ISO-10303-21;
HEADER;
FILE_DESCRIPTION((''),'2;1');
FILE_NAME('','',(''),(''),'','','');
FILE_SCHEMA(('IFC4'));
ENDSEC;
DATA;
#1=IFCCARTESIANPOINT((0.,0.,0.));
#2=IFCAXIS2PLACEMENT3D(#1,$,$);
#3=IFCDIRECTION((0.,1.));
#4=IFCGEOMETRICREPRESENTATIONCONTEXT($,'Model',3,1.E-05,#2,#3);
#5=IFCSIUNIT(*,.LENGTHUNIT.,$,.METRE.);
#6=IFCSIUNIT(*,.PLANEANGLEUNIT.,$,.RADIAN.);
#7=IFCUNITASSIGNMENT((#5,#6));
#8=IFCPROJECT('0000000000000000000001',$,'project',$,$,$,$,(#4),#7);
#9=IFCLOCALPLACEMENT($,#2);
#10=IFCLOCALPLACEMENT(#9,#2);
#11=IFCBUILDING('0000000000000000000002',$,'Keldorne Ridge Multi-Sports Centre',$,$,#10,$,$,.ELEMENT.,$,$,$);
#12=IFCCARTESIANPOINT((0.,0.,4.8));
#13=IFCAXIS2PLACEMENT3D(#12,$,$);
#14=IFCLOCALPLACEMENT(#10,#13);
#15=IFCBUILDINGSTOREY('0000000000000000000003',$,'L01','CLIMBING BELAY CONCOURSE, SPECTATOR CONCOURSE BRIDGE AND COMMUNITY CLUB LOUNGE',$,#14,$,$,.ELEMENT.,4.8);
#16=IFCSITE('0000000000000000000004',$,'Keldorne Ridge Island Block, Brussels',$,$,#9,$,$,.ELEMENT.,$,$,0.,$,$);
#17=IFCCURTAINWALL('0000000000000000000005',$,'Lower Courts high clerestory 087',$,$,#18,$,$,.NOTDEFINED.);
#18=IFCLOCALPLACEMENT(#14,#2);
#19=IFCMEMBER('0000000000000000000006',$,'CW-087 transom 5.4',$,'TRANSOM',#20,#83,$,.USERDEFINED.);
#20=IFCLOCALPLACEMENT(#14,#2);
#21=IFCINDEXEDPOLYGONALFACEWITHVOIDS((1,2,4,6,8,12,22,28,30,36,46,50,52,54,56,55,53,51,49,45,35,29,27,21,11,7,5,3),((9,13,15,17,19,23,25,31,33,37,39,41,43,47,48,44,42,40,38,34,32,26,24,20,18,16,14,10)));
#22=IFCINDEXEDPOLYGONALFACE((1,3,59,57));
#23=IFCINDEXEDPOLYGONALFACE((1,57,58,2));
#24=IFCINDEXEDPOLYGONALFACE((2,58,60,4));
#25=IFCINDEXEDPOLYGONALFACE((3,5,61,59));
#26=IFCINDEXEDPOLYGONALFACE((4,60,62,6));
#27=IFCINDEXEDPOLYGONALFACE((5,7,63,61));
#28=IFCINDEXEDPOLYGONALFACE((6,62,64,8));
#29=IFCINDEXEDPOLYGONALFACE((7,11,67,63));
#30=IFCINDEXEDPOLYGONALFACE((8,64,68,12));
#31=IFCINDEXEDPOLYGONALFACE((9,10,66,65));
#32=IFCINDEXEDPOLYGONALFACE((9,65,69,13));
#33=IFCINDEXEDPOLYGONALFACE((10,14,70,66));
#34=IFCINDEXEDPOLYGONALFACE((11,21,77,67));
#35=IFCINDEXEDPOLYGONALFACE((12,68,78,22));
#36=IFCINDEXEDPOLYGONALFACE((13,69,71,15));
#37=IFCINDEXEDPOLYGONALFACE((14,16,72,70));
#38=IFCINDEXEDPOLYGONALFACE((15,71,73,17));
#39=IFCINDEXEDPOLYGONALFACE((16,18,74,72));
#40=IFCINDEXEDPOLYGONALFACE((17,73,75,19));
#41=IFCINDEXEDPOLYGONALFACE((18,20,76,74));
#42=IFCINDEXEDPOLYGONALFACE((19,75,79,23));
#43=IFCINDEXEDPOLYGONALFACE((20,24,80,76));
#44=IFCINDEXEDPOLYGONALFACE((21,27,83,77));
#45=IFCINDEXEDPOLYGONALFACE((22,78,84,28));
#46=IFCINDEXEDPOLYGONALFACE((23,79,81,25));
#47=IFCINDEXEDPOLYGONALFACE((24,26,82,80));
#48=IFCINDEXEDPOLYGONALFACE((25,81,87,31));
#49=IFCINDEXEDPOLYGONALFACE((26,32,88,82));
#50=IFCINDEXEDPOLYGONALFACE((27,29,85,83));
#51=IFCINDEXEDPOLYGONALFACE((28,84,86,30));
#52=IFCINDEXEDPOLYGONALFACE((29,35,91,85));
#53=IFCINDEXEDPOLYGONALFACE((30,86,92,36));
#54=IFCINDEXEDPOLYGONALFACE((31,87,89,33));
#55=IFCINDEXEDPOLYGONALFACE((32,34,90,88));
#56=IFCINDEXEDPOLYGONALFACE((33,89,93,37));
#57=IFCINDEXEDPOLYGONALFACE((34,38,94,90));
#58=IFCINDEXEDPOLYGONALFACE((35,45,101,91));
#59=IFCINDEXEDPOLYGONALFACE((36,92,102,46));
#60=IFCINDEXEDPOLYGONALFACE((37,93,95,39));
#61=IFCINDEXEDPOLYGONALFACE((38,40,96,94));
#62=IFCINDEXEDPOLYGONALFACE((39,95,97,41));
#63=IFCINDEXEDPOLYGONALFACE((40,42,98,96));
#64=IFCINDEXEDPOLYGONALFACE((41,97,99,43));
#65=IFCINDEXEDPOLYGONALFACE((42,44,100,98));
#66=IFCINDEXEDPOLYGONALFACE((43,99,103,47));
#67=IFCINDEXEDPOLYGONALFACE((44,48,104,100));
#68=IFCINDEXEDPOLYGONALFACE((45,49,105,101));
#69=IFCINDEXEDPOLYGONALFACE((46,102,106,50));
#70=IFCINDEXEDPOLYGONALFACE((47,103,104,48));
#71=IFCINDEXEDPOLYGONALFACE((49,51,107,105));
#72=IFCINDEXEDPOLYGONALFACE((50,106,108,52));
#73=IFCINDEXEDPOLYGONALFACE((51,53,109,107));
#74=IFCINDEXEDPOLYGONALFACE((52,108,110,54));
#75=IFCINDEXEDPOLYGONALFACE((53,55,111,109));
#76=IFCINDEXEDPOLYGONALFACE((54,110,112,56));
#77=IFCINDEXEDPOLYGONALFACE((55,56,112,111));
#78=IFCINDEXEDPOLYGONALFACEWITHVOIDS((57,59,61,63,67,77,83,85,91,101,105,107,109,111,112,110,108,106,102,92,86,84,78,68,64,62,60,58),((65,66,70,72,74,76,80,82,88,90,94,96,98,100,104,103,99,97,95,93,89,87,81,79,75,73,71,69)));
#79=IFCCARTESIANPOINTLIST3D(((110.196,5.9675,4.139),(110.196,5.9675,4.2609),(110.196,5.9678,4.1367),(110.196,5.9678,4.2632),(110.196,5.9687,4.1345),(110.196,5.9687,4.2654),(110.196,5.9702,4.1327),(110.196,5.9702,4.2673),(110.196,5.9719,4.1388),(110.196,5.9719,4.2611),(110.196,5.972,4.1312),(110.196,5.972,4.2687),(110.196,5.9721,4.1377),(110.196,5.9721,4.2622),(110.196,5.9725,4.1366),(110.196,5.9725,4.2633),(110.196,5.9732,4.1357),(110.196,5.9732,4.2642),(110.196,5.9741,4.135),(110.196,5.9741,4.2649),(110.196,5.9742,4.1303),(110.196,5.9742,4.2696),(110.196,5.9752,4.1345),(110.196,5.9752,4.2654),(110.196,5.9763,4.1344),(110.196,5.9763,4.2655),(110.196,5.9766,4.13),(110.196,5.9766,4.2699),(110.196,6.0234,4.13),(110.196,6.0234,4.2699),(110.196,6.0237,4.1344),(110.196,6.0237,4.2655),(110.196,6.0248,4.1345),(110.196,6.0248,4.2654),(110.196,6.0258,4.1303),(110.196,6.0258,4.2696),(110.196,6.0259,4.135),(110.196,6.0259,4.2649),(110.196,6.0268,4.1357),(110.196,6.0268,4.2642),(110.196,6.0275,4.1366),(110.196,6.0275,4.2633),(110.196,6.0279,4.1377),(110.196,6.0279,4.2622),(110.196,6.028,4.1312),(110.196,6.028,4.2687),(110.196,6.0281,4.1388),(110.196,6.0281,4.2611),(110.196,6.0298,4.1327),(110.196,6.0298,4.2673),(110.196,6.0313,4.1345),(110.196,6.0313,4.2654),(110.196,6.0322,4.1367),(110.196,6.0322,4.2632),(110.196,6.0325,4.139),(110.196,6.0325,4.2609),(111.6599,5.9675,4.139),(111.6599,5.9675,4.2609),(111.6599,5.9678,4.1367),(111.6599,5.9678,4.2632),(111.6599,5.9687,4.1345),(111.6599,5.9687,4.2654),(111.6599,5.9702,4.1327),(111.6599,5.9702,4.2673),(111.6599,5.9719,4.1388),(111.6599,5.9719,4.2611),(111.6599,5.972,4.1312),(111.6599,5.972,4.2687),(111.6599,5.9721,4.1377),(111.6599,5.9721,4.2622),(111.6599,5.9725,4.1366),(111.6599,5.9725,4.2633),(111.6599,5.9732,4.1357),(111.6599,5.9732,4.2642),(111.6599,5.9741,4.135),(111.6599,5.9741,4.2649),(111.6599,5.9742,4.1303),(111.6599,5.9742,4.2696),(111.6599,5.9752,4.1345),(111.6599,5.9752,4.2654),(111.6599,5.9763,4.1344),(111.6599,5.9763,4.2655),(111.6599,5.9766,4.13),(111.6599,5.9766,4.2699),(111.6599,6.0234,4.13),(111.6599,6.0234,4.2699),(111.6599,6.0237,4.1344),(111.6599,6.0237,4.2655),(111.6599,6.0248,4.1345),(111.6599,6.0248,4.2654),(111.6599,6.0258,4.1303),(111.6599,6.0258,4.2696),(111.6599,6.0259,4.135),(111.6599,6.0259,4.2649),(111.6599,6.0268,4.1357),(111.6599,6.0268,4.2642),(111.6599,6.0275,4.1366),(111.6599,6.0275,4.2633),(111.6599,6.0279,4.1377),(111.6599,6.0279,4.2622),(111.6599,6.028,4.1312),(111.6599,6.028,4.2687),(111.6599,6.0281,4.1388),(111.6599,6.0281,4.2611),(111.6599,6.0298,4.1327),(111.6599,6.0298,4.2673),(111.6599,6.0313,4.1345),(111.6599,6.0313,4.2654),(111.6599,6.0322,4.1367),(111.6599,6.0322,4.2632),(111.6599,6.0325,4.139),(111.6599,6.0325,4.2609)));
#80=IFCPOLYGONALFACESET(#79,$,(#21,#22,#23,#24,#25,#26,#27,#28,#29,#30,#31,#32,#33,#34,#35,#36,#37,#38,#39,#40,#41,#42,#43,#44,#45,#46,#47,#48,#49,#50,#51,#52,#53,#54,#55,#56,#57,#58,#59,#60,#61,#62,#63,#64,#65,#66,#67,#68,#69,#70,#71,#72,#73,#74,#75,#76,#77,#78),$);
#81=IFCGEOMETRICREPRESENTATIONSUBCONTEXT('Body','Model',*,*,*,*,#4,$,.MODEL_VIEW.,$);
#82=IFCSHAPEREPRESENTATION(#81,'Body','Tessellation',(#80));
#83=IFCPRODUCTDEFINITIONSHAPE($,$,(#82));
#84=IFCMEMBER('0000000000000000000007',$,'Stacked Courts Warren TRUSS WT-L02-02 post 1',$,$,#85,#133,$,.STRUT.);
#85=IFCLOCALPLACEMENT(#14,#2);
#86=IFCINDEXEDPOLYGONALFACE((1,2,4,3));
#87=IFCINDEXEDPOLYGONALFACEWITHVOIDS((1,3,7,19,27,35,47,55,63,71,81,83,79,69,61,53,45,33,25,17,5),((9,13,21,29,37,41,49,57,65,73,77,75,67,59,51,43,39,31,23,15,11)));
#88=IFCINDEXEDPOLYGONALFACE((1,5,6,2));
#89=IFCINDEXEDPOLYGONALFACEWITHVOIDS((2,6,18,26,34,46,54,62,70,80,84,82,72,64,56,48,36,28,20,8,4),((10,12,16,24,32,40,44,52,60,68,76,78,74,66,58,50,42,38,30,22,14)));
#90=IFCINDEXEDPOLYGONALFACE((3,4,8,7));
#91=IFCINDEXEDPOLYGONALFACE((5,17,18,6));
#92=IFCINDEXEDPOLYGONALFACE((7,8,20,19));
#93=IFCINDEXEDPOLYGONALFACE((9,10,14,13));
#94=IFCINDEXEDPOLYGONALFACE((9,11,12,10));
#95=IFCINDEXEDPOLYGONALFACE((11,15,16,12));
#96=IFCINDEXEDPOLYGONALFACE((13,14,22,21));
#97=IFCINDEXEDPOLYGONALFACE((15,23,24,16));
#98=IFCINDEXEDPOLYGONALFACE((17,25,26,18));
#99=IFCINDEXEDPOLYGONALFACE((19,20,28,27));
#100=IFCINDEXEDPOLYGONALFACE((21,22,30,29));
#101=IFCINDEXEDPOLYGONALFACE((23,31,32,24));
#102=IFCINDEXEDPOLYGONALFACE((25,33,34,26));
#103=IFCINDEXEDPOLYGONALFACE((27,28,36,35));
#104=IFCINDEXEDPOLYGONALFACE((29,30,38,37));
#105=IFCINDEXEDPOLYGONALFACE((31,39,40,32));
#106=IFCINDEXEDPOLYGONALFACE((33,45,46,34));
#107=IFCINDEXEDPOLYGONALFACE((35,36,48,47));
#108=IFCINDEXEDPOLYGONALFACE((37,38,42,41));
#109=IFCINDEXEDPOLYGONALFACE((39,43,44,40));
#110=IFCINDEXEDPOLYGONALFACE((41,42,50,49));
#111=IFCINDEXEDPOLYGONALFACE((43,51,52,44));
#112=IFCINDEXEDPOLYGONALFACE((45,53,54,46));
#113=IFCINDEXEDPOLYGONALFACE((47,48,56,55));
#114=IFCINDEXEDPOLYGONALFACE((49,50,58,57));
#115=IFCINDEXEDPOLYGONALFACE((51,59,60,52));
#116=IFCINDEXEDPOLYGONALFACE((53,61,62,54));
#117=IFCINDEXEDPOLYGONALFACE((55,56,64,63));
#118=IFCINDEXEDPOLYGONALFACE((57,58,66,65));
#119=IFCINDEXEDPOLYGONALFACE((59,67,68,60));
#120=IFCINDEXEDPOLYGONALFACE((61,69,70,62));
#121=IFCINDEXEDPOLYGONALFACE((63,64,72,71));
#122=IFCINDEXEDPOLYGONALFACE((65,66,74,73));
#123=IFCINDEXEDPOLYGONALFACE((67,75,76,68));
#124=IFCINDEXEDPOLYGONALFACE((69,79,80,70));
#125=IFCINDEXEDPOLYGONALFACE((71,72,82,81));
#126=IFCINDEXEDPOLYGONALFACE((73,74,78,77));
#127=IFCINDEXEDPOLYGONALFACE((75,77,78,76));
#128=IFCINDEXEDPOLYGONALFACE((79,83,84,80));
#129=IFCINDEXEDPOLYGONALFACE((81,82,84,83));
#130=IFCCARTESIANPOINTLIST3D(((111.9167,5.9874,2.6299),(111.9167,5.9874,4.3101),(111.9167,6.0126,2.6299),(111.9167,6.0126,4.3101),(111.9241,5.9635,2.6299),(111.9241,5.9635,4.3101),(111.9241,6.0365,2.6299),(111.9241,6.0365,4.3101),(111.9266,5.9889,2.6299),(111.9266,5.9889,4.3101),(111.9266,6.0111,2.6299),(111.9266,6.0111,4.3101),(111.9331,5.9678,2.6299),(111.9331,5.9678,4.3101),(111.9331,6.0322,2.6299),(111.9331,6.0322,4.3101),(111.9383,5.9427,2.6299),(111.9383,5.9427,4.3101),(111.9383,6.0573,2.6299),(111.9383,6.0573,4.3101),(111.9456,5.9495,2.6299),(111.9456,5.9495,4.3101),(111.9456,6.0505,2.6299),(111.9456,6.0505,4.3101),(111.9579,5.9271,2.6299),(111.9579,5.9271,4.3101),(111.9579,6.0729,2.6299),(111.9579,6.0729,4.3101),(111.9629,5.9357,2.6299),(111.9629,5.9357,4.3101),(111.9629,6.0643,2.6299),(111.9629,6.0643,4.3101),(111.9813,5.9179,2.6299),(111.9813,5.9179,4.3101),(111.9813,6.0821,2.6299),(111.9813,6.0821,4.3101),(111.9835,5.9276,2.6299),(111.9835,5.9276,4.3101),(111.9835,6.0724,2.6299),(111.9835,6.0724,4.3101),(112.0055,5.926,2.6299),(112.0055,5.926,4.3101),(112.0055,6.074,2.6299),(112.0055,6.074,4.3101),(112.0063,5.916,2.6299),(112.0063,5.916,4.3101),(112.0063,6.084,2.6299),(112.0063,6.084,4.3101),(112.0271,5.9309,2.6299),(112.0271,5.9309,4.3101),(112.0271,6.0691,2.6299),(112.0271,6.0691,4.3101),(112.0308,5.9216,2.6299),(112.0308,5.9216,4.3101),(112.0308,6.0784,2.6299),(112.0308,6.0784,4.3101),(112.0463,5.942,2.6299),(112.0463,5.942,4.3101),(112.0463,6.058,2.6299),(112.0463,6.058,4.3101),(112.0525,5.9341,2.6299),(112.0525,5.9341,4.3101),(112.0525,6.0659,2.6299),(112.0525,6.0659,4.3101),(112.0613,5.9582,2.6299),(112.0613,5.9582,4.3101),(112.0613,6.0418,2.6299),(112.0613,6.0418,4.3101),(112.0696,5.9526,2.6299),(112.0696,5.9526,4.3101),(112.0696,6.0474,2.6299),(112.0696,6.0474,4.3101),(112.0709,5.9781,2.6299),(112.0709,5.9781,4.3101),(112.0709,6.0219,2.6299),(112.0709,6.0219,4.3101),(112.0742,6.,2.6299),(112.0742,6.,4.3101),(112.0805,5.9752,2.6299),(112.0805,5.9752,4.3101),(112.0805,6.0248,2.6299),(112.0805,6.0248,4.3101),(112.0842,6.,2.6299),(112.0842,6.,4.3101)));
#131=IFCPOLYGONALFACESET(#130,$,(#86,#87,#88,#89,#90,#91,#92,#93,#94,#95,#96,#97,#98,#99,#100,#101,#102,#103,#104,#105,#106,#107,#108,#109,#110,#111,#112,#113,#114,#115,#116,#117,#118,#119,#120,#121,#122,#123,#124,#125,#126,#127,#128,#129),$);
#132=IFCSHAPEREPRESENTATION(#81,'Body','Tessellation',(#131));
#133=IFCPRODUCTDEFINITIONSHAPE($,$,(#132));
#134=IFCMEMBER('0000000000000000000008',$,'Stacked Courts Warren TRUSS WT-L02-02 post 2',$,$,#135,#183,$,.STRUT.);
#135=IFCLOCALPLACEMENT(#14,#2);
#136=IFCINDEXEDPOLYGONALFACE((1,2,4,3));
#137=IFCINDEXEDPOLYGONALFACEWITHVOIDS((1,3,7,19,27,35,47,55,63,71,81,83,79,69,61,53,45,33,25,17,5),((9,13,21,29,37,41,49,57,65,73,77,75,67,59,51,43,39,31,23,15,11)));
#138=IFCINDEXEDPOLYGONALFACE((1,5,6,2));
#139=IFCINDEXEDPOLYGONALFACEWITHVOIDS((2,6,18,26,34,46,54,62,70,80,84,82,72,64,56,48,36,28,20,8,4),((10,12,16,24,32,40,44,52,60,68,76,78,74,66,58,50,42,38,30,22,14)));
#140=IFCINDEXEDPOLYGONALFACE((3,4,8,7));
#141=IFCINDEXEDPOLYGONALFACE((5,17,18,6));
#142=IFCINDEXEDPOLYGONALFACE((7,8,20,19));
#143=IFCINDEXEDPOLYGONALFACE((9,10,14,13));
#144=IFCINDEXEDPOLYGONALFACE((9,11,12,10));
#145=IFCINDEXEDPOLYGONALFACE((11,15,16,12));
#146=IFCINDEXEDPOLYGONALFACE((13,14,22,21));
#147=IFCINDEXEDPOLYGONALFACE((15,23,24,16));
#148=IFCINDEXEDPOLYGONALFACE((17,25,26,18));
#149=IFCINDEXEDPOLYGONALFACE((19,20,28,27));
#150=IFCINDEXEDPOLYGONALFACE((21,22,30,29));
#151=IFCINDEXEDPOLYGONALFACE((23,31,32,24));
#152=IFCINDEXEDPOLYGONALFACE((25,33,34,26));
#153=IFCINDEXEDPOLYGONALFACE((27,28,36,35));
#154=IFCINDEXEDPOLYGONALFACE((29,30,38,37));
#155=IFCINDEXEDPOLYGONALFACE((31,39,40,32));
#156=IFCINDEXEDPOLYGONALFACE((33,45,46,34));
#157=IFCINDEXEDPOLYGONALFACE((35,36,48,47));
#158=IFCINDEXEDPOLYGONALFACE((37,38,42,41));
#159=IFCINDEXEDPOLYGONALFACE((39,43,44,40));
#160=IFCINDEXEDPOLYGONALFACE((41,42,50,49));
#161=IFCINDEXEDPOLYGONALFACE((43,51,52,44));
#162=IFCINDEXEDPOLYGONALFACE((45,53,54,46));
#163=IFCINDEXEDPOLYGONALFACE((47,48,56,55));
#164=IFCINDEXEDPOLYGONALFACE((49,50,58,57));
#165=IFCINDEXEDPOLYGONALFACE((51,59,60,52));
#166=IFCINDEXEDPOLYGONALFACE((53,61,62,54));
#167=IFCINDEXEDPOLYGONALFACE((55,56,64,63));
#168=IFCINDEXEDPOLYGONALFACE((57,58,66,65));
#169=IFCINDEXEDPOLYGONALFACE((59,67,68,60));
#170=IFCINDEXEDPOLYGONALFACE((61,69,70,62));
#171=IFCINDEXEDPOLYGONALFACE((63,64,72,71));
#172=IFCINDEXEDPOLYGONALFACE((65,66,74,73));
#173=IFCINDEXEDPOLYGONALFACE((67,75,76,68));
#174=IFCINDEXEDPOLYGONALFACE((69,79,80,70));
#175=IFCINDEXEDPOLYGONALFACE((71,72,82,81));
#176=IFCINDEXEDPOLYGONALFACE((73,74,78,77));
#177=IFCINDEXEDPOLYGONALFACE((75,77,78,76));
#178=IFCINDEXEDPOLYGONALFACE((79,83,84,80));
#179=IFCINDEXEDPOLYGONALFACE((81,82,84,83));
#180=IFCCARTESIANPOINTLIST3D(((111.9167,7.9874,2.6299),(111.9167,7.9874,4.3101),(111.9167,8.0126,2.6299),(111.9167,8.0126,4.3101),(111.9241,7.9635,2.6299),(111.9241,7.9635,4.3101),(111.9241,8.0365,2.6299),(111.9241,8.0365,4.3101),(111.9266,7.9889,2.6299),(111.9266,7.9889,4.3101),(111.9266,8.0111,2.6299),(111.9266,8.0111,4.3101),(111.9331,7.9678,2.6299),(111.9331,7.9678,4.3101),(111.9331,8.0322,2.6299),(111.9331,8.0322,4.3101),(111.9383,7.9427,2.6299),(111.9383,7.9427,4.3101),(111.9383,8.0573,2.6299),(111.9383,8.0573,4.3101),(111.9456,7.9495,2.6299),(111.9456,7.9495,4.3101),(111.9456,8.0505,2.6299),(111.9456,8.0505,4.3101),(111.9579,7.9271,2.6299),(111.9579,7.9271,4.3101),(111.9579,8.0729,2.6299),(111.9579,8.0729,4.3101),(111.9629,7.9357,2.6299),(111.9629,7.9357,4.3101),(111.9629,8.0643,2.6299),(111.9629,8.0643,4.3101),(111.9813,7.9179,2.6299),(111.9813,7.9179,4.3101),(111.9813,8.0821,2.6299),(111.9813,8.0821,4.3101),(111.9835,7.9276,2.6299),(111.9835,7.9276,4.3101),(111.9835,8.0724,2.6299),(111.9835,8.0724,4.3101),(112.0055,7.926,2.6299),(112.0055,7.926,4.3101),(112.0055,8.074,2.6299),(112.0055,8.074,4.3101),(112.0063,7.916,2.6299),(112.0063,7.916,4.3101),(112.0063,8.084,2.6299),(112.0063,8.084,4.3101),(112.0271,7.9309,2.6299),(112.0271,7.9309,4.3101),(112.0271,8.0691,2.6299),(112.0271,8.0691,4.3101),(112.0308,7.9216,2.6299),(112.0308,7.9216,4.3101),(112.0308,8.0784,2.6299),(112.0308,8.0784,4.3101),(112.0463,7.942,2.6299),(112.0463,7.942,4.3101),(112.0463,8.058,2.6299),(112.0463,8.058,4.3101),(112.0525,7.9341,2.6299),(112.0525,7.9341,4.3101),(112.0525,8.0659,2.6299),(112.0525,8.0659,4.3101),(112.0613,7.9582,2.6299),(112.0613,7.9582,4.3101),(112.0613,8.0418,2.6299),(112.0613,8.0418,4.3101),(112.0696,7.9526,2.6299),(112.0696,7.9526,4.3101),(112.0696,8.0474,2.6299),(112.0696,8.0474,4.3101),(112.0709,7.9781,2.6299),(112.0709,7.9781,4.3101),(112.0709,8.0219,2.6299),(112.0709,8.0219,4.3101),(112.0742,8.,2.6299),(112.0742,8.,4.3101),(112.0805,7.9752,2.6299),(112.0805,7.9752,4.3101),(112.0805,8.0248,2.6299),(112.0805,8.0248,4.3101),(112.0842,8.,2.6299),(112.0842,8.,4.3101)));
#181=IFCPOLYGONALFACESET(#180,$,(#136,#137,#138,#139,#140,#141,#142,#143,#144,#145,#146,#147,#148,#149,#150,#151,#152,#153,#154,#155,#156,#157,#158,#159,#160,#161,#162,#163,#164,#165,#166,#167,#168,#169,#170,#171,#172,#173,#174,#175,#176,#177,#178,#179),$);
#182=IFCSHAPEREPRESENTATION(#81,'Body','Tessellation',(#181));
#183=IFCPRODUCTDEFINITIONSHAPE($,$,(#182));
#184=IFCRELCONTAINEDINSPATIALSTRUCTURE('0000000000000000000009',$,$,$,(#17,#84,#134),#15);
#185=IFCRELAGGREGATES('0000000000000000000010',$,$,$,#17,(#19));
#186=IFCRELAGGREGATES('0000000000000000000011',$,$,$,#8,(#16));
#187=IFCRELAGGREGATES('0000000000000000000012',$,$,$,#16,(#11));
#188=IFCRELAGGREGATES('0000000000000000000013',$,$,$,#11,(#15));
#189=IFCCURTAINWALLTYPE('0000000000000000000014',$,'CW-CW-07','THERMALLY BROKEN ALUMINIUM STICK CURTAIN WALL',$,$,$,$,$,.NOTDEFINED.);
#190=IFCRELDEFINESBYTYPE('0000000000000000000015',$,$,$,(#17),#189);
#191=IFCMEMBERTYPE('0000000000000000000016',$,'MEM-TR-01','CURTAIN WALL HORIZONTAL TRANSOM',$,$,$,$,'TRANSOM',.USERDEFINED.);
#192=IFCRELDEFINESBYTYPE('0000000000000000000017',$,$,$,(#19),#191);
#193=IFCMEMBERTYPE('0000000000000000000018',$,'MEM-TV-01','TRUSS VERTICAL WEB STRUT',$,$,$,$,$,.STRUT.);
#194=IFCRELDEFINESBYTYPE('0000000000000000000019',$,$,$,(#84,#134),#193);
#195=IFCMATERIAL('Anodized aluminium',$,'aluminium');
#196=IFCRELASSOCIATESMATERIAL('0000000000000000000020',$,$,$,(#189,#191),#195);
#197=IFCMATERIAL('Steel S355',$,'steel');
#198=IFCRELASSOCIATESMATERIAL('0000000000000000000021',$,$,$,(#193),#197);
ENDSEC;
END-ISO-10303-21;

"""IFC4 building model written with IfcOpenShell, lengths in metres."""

from ifc_helpers import new_model, si_unit, direction, frame, origin, origin_2d, place, context, subcontext, project, spatial, hollow_rectangle, hollow_circle, extrude, material, material_profile, profile_set, type_object, element, aggregate, save


model = new_model("IFC4")

# Units and contexts
model_context = context("Model", 3, precision=1e-05, world=origin(), true_north=direction((0.0, 1.0)))
body_context = subcontext(model_context, "Body", "Model", "MODEL_VIEW")
ifc_project = project(units=[si_unit("LENGTHUNIT", "METRE"), si_unit("PLANEANGLEUNIT", "RADIAN")], contexts=[model_context])

# Site, building, storey
site_placement = place(None, origin())
site = spatial("IfcSite", under=ifc_project, at=site_placement, Name="Keldorne Ridge Island Block, Brussels", CompositionType="ELEMENT", RefElevation=0.0)
building_placement = place(site_placement, origin())
building = spatial("IfcBuilding", under=site, at=building_placement, Name="Keldorne Ridge Multi-Sports Centre", CompositionType="ELEMENT")
storey_placement = place(building_placement, frame((0.0, 0.0, 4.8)))
storey = spatial("IfcBuildingStorey", under=building, at=storey_placement, Name="L01", Description="CLIMBING BELAY CONCOURSE, SPECTATOR CONCOURSE BRIDGE AND COMMUNITY CLUB LOUNGE", CompositionType="ELEMENT", Elevation=4.8)

# Shared definitions
ifc_material_1 = material(Name="Steel S355", Category="steel")

# Curtain wall
ifc_material_2 = material(Name="Anodized aluminium", Category="aluminium")
curtain_wall_type = type_object("IfcCurtainWallType", Name="CW-CW-07", Description="THERMALLY BROKEN ALUMINIUM STICK CURTAIN WALL", PredefinedType="NOTDEFINED", material=ifc_material_2)
curtain_wall_placement = place(storey_placement, origin())
curtain_wall = element("IfcCurtainWall", 1, at=curtain_wall_placement, inside=storey, type_object=curtain_wall_type, Name="Lower Courts high clerestory 087", PredefinedType="NOTDEFINED")

# Member
ifc_material_profile_1 = material_profile(ifc_material_2, hollow_rectangle(XDim=0.0649, YDim=0.1399, WallThickness=0.0044, InnerFilletRadius=0.0044, OuterFilletRadius=0.009, at=origin_2d()), Name="ALU TRANSOM 140x65x4.5")
ifc_profile_set_1 = profile_set([ifc_material_profile_1], Name="Anodized aluminium")
member_type_1 = type_object("IfcMemberType", Name="MEM-TR-01", Description="CURTAIN WALL HORIZONTAL TRANSOM", ElementType="TRANSOM", PredefinedType="USERDEFINED", material=ifc_profile_set_1)
member_1_placement = place(storey_placement, frame((110.196, 6.0, 4.2), z_axis=(1.0, 0.0, 0.0), x_axis=(0.0, 1.0, 0.0)))
member_1 = element("IfcMember", 2, at=member_1_placement, type_object=member_type_1, Name="CW-087 transom 5.4", ObjectType="TRANSOM", PredefinedType="USERDEFINED", context=body_context, shape_type="SweptSolid", body=[
    extrude(hollow_rectangle(XDim=0.0649, YDim=0.1399, WallThickness=0.0044, InnerFilletRadius=0.0044, OuterFilletRadius=0.009, at=origin_2d()), origin(), (0.0, 0.0, 1.0), 1.4639),
])

# Members
ifc_material_profile_2 = material_profile(ifc_material_1, hollow_circle(Radius=0.0842, WallThickness=0.01, at=origin_2d()), Name="CHS 168.3x10")
ifc_profile_set_2 = profile_set([ifc_material_profile_2], Name="Steel S355")
member_type_2 = type_object("IfcMemberType", Name="MEM-TV-01", Description="TRUSS VERTICAL WEB STRUT", PredefinedType="STRUT", material=ifc_profile_set_2)
for number, where, z_axis, x_axis, name in (
    (3, (112.0, 6.0, 2.6299), (0.0, 0.0, 1.0), (1.0, 0.0, 0.0), "Stacked Courts Warren TRUSS WT-L02-02 post 1"),
    (4, (112.0, 8.0, 2.6299), (0.0, 0.0, 1.0), (1.0, 0.0, 0.0), "Stacked Courts Warren TRUSS WT-L02-02 post 2"),
):
    element("IfcMember", number, at=place(storey_placement, frame(where, z_axis=z_axis, x_axis=x_axis)), inside=storey, type_object=member_type_2, Name=name, PredefinedType="STRUT", context=body_context, shape_type="SweptSolid", body=[
        extrude(hollow_circle(Radius=0.0842, WallThickness=0.01, at=origin_2d()), origin(), (0.0, 0.0, 1.0), 1.6802),
    ])

aggregate(curtain_wall, [member_1])

save(model, "model.ifc")
